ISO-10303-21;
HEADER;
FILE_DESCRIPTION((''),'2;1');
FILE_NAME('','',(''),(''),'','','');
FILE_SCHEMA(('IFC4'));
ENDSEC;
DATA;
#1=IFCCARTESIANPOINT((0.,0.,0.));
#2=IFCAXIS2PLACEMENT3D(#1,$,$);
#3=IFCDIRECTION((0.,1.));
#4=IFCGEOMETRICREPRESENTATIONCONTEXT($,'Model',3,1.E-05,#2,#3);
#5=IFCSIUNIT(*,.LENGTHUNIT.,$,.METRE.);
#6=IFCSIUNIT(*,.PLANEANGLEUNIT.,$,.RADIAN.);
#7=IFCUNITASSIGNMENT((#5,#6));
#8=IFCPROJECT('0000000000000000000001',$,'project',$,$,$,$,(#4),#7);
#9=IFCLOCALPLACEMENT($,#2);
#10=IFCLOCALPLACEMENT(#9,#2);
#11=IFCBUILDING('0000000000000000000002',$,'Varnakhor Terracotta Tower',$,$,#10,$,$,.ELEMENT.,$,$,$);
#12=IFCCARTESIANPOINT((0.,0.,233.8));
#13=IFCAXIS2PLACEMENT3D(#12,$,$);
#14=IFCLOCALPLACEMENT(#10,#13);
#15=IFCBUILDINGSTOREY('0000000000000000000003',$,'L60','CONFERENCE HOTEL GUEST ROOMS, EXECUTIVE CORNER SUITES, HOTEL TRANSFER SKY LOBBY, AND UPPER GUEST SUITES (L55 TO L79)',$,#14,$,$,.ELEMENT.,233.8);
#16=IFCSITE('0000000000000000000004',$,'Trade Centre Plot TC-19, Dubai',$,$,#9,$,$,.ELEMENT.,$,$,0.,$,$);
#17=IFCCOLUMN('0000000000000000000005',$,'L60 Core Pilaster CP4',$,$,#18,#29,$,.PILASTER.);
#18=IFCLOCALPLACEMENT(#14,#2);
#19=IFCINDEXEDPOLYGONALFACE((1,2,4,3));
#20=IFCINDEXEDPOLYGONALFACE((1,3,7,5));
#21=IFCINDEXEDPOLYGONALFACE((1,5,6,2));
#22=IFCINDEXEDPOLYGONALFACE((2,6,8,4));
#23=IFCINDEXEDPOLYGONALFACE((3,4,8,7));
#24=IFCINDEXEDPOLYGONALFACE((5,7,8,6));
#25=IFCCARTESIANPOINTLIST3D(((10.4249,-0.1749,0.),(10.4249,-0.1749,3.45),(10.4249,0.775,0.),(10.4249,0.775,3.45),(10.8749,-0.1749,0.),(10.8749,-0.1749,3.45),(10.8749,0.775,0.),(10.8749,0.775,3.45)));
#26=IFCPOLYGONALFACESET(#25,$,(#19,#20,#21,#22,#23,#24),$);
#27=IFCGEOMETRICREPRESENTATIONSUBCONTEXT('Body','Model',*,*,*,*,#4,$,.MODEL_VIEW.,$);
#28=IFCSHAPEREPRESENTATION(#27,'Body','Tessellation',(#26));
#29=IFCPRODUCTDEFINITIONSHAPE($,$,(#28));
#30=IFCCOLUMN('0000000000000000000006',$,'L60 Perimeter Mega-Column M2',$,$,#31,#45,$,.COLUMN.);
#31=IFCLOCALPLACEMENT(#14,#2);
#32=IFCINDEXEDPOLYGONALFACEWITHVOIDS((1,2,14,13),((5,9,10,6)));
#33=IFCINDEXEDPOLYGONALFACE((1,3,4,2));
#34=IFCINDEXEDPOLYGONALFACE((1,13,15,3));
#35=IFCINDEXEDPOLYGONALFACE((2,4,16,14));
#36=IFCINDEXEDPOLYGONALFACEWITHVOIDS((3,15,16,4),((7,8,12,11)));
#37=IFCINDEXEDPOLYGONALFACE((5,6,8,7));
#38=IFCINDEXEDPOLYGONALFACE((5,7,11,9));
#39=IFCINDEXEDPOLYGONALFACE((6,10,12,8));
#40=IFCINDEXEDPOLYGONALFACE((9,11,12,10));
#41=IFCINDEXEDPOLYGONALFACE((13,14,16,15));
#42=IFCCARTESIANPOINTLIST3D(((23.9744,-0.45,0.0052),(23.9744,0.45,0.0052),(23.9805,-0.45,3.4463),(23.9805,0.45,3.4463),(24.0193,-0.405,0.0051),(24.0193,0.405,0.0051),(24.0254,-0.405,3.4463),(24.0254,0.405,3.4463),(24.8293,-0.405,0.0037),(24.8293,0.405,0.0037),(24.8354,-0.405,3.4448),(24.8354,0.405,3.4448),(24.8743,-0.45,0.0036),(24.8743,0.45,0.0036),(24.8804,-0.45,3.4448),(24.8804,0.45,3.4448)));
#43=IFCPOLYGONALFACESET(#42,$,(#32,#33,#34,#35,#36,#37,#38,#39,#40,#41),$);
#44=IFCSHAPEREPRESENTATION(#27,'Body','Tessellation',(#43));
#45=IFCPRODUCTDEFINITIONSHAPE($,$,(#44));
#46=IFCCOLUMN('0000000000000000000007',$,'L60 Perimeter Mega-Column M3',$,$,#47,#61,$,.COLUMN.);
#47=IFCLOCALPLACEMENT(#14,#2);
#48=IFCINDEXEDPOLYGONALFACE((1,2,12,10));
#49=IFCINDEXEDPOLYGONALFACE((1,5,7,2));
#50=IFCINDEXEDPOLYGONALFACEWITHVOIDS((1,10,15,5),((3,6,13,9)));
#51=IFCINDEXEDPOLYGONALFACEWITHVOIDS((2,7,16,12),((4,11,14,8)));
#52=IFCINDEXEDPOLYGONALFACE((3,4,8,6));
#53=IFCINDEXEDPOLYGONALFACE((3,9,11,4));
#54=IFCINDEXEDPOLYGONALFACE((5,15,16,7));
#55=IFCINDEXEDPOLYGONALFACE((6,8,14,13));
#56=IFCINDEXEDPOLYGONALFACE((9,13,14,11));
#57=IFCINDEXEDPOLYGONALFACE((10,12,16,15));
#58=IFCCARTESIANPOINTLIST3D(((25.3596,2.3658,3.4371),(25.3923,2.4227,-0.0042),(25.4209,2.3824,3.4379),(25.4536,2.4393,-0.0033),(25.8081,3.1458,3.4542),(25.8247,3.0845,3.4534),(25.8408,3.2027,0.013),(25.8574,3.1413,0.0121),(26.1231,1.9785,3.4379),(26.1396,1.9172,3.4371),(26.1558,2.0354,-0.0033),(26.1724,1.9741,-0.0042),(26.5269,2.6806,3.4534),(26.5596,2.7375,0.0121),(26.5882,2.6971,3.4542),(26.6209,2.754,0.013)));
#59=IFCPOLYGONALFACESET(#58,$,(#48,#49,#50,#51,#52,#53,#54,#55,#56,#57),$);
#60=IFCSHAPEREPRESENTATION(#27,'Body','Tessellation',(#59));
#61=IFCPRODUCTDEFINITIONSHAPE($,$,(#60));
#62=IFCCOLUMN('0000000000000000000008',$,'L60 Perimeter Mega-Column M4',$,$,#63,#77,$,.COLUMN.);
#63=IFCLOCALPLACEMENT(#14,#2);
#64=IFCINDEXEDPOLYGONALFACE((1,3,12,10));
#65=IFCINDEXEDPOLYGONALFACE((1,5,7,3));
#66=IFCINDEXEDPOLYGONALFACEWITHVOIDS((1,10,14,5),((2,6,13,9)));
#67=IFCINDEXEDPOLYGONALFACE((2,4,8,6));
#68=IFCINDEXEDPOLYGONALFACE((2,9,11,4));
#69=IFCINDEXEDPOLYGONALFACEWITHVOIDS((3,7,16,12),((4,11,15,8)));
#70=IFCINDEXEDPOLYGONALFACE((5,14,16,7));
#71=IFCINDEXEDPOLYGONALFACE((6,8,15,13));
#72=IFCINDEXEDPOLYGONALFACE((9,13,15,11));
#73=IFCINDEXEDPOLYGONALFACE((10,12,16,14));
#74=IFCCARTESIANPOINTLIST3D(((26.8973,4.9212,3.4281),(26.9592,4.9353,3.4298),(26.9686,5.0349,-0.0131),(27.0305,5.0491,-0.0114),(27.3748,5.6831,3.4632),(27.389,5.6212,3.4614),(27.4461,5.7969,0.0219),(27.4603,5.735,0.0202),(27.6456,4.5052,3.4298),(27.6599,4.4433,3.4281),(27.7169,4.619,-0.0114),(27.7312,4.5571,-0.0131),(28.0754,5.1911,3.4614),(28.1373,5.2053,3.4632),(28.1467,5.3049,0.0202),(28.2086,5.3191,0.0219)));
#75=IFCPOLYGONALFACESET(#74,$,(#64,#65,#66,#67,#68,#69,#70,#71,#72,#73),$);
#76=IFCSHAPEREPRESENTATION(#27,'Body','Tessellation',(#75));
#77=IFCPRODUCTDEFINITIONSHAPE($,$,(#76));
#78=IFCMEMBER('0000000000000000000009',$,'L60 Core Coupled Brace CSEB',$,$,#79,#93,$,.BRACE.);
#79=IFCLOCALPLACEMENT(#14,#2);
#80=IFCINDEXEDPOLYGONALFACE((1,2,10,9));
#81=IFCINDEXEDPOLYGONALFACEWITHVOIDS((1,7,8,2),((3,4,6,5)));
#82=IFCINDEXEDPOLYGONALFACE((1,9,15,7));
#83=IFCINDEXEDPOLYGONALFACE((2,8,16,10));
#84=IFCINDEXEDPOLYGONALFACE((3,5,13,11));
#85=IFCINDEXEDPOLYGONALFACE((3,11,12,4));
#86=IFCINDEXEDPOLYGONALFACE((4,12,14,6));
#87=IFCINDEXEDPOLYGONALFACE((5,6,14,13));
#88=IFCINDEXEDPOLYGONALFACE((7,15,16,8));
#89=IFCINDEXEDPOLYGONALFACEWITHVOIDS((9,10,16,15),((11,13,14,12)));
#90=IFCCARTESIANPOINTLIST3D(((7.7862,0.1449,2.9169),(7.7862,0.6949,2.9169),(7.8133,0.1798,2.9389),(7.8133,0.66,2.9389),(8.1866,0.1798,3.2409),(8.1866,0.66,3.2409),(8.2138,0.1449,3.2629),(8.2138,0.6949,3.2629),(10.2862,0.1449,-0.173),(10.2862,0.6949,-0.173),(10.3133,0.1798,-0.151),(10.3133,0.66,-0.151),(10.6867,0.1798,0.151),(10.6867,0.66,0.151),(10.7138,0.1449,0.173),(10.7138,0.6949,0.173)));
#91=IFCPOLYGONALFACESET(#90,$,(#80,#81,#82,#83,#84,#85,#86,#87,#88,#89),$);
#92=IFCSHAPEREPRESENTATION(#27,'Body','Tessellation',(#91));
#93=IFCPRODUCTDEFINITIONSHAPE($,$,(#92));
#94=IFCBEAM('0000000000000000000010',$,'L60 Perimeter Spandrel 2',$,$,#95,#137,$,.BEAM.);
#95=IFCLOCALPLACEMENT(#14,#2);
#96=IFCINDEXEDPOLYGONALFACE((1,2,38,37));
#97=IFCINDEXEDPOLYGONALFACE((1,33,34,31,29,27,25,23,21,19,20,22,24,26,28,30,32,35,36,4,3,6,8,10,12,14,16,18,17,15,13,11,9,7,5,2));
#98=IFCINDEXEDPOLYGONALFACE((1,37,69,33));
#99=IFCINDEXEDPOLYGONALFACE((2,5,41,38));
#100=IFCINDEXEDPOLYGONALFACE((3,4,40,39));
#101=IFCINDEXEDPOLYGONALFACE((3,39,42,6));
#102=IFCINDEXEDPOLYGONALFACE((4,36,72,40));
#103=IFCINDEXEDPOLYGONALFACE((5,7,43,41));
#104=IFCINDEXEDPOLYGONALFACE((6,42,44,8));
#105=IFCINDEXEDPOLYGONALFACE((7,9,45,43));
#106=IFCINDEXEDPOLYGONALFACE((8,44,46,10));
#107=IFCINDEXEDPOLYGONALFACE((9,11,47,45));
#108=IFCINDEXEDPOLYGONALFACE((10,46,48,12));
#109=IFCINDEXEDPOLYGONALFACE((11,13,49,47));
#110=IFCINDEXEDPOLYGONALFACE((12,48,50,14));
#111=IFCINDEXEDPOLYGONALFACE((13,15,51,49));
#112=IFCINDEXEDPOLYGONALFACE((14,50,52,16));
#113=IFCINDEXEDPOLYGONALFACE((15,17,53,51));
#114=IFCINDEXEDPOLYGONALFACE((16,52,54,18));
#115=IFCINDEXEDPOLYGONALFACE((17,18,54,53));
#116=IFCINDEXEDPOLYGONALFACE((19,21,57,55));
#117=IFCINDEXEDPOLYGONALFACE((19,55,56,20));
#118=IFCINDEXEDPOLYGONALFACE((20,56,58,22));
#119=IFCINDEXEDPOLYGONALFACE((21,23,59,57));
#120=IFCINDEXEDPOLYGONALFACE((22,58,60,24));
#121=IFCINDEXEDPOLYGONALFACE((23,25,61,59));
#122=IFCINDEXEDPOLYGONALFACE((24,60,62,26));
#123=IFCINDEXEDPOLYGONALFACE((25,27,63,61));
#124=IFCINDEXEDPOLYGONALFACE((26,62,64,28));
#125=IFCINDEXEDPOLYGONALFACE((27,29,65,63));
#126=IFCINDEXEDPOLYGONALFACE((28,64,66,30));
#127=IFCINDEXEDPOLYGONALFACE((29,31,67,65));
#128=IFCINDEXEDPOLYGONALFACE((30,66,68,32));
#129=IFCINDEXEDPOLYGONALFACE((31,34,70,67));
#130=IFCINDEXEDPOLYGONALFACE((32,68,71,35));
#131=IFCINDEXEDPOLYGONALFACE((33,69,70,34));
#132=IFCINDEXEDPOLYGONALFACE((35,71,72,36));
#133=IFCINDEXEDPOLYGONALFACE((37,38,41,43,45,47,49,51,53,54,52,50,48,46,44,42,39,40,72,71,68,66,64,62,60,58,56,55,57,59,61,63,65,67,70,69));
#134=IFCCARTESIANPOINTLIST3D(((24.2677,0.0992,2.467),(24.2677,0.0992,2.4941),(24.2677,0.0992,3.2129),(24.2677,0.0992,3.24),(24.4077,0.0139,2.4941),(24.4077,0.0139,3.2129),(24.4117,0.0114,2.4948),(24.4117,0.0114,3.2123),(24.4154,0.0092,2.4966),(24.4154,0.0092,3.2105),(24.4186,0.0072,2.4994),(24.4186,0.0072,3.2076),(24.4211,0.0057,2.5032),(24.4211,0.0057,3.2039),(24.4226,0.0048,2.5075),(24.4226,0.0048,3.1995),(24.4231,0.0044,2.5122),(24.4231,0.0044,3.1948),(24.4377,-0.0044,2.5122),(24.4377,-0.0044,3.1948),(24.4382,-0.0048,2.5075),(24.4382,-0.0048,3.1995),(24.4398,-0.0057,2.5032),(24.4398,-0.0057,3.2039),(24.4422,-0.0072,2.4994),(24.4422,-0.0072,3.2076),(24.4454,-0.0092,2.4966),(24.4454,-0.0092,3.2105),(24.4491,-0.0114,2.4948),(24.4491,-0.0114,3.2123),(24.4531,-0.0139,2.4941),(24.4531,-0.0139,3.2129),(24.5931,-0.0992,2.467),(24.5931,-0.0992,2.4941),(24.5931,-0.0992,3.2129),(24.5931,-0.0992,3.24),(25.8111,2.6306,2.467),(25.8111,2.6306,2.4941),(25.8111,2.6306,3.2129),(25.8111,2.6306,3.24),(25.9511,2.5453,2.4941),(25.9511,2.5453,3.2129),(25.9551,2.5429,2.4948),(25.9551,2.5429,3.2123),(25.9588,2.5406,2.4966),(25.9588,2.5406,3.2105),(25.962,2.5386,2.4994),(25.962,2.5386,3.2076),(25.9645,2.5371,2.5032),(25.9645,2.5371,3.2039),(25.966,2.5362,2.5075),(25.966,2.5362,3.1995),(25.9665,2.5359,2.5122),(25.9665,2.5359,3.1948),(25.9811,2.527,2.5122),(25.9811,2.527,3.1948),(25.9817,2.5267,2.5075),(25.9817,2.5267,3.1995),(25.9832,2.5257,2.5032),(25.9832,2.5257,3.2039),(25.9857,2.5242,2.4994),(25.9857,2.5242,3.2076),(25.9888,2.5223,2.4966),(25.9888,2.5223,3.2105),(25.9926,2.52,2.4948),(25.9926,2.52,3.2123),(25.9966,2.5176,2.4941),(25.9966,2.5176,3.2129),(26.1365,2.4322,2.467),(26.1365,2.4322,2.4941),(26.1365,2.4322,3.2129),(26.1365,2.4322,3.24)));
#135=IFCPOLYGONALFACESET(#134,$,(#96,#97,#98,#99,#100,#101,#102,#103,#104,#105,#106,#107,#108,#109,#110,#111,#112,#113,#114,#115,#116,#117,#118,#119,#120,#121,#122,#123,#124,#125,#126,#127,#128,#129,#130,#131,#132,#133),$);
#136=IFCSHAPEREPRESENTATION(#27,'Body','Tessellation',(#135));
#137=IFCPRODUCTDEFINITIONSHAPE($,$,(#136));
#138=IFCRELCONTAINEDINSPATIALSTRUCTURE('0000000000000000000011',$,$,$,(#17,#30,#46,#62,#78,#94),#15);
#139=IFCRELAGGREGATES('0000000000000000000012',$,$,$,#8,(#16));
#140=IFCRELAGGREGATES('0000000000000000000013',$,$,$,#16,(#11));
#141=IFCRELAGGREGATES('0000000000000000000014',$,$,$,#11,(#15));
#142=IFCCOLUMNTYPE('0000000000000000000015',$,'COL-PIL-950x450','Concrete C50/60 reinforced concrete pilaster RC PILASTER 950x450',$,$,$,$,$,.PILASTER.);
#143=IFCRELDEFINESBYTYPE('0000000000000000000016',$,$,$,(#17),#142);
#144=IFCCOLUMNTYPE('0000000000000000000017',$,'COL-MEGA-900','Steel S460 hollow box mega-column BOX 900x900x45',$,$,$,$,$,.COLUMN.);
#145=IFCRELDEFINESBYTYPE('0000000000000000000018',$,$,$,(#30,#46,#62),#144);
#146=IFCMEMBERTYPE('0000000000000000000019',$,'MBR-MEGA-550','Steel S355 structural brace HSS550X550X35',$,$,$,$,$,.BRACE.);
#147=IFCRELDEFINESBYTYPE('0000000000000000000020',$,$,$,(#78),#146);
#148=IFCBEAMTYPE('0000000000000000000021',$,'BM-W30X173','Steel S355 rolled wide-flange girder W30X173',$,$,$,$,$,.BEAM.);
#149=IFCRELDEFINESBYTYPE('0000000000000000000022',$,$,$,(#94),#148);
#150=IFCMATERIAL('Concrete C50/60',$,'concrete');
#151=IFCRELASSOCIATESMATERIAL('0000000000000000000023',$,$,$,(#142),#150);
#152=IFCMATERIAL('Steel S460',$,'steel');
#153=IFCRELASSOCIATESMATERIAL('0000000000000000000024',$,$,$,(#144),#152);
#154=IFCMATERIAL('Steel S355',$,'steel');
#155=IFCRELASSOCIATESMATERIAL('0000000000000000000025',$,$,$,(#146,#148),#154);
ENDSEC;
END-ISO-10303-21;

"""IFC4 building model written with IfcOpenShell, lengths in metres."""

from ifc_helpers import new_model, si_unit, direction, frame, origin, origin_2d, place, context, subcontext, project, spatial, rectangle, hollow_rectangle, i_section, extrude, source, transform, mapped, material, material_profile, profile_set, type_object, element, save


model = new_model("IFC4")

# Units and contexts
model_context = context("Model", 3, precision=1e-05, world=origin(), true_north=direction((0.0, 1.0)))
body_context = subcontext(model_context, "Body", "Model", "MODEL_VIEW")
ifc_project = project(units=[si_unit("LENGTHUNIT", "METRE"), si_unit("PLANEANGLEUNIT", "RADIAN")], contexts=[model_context])

# Site, building, storey
site_placement = place(None, origin())
site = spatial("IfcSite", under=ifc_project, at=site_placement, Name="Trade Centre Plot TC-19, Dubai", CompositionType="ELEMENT", RefElevation=0.0)
building_placement = place(site_placement, origin())
building = spatial("IfcBuilding", under=site, at=building_placement, Name="Varnakhor Terracotta Tower", CompositionType="ELEMENT")
storey_placement = place(building_placement, frame((0.0, 0.0, 233.8)))
storey = spatial("IfcBuildingStorey", under=building, at=storey_placement, Name="L60", Description="CONFERENCE HOTEL GUEST ROOMS, EXECUTIVE CORNER SUITES, HOTEL TRANSFER SKY LOBBY, AND UPPER GUEST SUITES (L55 TO L79)", CompositionType="ELEMENT", Elevation=233.8)

# Columns
ifc_material_1 = material(Name="Concrete C50/60", Category="concrete")
ifc_material_profile_1 = material_profile(ifc_material_1, rectangle(XDim=0.45, YDim=0.95, at=origin_2d()), Name="RC PILASTER 950x450")
ifc_profile_set_1 = profile_set([ifc_material_profile_1], Name="Concrete C50/60")
column_type_1 = type_object("IfcColumnType", Name="COL-PIL-950x450", Description="Concrete C50/60 reinforced concrete pilaster RC PILASTER 950x450", PredefinedType="PILASTER", material=ifc_profile_set_1)
shared_shape_1 = source(origin(), body_context, "Body", "SweptSolid", [
    extrude(rectangle(XDim=0.45, YDim=0.95, at=origin_2d()), origin(), (0.0, 0.0, 1.0), 3.45),
])
column_1_placement = place(storey_placement, frame((10.6499, 0.3, 0.0), z_axis=(0.0, 0.0, 1.0), x_axis=(1.0, 0.0, 0.0)))
element("IfcColumn", 1, at=column_1_placement, inside=storey, type_object=column_type_1, Name="L60 Core Pilaster CP4", PredefinedType="PILASTER", context=body_context, shape_type="MappedRepresentation", body=[
    mapped(shared_shape_1, transform((0.0, 0.0, 0.0), scale=1.0)),
])
ifc_material_2 = material(Name="Steel S460", Category="steel")
ifc_material_profile_2 = material_profile(ifc_material_2, hollow_rectangle(XDim=0.8999, YDim=0.8999, WallThickness=0.0449, at=origin_2d()), Name="BOX 900x900x45")
ifc_profile_set_2 = profile_set([ifc_material_profile_2], Name="Steel S460")
column_type_2 = type_object("IfcColumnType", Name="COL-MEGA-900", Description="Steel S460 hollow box mega-column BOX 900x900x45", PredefinedType="COLUMN", material=ifc_profile_set_2)
shared_shape_2 = source(origin(), body_context, "Body", "SweptSolid", [
    extrude(hollow_rectangle(XDim=0.8999, YDim=0.8999, WallThickness=0.0449, at=origin_2d()), origin(), (0.0, 0.0, 1.0), 3.4412),
])
column_2_placement = place(storey_placement, frame((24.4243, 0.0, 0.0044), z_axis=(0.001774, 0.0, 0.999998), x_axis=(0.0, 1.0, 0.0)))
element("IfcColumn", 2, at=column_2_placement, inside=storey, type_object=column_type_2, Name="L60 Perimeter Mega-Column M2", PredefinedType="COLUMN", context=body_context, shape_type="MappedRepresentation", body=[
    mapped(shared_shape_2, transform((0.0, 0.0, 0.0), scale=1.0)),
])
shared_shape_3 = source(origin(), body_context, "Body", "SweptSolid", [
    extrude(hollow_rectangle(XDim=0.8999, YDim=0.8999, WallThickness=0.0449, at=origin_2d()), origin(), (0.0, 0.0, 1.0), 3.4419),
])
column_3_placement = place(storey_placement, frame((26.0066, 2.5884, 0.0044), z_axis=(-0.009505, -0.016528, 0.999818), x_axis=(0.866866, -0.498541, 0.0)))
element("IfcColumn", 3, at=column_3_placement, inside=storey, type_object=column_type_2, Name="L60 Perimeter Mega-Column M3", PredefinedType="COLUMN", context=body_context, shape_type="MappedRepresentation", body=[
    mapped(shared_shape_3, transform((0.0, 0.0, 0.0), scale=1.0)),
])
shared_shape_4 = source(origin(), body_context, "Body", "SweptSolid", [
    extrude(hollow_rectangle(XDim=0.8999, YDim=0.8999, WallThickness=0.0449, at=origin_2d()), origin(), (0.0, 0.0, 1.0), 3.4438),
])
column_4_placement = place(storey_placement, frame((27.5886, 5.177, 0.0044), z_axis=(-0.020701, -0.033036, 0.99924), x_axis=(0.847385, -0.530979, 0.0)))
element("IfcColumn", 4, at=column_4_placement, inside=storey, type_object=column_type_2, Name="L60 Perimeter Mega-Column M4", PredefinedType="COLUMN", context=body_context, shape_type="MappedRepresentation", body=[
    mapped(shared_shape_4, transform((0.0, 0.0, 0.0), scale=1.0)),
])

# Member
ifc_material_3 = material(Name="Steel S355", Category="steel")
ifc_material_profile_3 = material_profile(ifc_material_3, hollow_rectangle(XDim=0.55, YDim=0.55, WallThickness=0.0349, at=origin_2d()), Name="HSS550X550X35")
ifc_profile_set_3 = profile_set([ifc_material_profile_3], Name="Steel S355")
member_type_1 = type_object("IfcMemberType", Name="MBR-MEGA-550", Description="Steel S355 structural brace HSS550X550X35", PredefinedType="BRACE", material=ifc_profile_set_3)
shared_shape_5 = source(origin(), body_context, "Body", "SweptSolid", [
    extrude(hollow_rectangle(XDim=0.55, YDim=0.55, WallThickness=0.0349, at=origin_2d()), origin(), (0.0, 0.0, 1.0), 3.9746),
])
member_1_placement = place(storey_placement, frame((10.5, 0.4199, 0.0), z_axis=(-0.629, 0.0, 0.777405), x_axis=(0.0, -1.0, 0.0)))
element("IfcMember", 5, at=member_1_placement, inside=storey, type_object=member_type_1, Name="L60 Core Coupled Brace CSEB", PredefinedType="BRACE", context=body_context, shape_type="MappedRepresentation", body=[
    mapped(shared_shape_5, transform((0.0, 0.0, 0.0), scale=1.0)),
])

# Beam
ifc_material_profile_4 = material_profile(ifc_material_3, i_section(OverallWidth=0.3811, OverallDepth=0.7729, WebThickness=0.0171, FlangeThickness=0.0271, FilletRadius=0.0181, at=origin_2d()), Name="W30X173")
ifc_profile_set_4 = profile_set([ifc_material_profile_4], Name="Steel S355")
beam_type_1 = type_object("IfcBeamType", Name="BM-W30X173", Description="Steel S355 rolled wide-flange girder W30X173", PredefinedType="BEAM", material=ifc_profile_set_4)
shared_shape_6 = source(origin(), body_context, "Body", "SweptSolid", [
    extrude(i_section(OverallWidth=0.3811, OverallDepth=0.7729, WebThickness=0.0171, FlangeThickness=0.0271, FilletRadius=0.0181, at=origin_2d()), origin(), (0.0, 0.0, 1.0), 2.9648),
])
beam_1_placement = place(storey_placement, frame((24.4304, 0.0, 2.8535), z_axis=(0.520574, 0.853817, 0.0), x_axis=(-0.853817, 0.520574, 0.0)))
element("IfcBeam", 6, at=beam_1_placement, inside=storey, type_object=beam_type_1, Name="L60 Perimeter Spandrel 2", PredefinedType="BEAM", context=body_context, shape_type="MappedRepresentation", body=[
    mapped(shared_shape_6, transform((0.0, 0.0, 0.0), scale=1.0)),
])

save(model, "model.ifc")
